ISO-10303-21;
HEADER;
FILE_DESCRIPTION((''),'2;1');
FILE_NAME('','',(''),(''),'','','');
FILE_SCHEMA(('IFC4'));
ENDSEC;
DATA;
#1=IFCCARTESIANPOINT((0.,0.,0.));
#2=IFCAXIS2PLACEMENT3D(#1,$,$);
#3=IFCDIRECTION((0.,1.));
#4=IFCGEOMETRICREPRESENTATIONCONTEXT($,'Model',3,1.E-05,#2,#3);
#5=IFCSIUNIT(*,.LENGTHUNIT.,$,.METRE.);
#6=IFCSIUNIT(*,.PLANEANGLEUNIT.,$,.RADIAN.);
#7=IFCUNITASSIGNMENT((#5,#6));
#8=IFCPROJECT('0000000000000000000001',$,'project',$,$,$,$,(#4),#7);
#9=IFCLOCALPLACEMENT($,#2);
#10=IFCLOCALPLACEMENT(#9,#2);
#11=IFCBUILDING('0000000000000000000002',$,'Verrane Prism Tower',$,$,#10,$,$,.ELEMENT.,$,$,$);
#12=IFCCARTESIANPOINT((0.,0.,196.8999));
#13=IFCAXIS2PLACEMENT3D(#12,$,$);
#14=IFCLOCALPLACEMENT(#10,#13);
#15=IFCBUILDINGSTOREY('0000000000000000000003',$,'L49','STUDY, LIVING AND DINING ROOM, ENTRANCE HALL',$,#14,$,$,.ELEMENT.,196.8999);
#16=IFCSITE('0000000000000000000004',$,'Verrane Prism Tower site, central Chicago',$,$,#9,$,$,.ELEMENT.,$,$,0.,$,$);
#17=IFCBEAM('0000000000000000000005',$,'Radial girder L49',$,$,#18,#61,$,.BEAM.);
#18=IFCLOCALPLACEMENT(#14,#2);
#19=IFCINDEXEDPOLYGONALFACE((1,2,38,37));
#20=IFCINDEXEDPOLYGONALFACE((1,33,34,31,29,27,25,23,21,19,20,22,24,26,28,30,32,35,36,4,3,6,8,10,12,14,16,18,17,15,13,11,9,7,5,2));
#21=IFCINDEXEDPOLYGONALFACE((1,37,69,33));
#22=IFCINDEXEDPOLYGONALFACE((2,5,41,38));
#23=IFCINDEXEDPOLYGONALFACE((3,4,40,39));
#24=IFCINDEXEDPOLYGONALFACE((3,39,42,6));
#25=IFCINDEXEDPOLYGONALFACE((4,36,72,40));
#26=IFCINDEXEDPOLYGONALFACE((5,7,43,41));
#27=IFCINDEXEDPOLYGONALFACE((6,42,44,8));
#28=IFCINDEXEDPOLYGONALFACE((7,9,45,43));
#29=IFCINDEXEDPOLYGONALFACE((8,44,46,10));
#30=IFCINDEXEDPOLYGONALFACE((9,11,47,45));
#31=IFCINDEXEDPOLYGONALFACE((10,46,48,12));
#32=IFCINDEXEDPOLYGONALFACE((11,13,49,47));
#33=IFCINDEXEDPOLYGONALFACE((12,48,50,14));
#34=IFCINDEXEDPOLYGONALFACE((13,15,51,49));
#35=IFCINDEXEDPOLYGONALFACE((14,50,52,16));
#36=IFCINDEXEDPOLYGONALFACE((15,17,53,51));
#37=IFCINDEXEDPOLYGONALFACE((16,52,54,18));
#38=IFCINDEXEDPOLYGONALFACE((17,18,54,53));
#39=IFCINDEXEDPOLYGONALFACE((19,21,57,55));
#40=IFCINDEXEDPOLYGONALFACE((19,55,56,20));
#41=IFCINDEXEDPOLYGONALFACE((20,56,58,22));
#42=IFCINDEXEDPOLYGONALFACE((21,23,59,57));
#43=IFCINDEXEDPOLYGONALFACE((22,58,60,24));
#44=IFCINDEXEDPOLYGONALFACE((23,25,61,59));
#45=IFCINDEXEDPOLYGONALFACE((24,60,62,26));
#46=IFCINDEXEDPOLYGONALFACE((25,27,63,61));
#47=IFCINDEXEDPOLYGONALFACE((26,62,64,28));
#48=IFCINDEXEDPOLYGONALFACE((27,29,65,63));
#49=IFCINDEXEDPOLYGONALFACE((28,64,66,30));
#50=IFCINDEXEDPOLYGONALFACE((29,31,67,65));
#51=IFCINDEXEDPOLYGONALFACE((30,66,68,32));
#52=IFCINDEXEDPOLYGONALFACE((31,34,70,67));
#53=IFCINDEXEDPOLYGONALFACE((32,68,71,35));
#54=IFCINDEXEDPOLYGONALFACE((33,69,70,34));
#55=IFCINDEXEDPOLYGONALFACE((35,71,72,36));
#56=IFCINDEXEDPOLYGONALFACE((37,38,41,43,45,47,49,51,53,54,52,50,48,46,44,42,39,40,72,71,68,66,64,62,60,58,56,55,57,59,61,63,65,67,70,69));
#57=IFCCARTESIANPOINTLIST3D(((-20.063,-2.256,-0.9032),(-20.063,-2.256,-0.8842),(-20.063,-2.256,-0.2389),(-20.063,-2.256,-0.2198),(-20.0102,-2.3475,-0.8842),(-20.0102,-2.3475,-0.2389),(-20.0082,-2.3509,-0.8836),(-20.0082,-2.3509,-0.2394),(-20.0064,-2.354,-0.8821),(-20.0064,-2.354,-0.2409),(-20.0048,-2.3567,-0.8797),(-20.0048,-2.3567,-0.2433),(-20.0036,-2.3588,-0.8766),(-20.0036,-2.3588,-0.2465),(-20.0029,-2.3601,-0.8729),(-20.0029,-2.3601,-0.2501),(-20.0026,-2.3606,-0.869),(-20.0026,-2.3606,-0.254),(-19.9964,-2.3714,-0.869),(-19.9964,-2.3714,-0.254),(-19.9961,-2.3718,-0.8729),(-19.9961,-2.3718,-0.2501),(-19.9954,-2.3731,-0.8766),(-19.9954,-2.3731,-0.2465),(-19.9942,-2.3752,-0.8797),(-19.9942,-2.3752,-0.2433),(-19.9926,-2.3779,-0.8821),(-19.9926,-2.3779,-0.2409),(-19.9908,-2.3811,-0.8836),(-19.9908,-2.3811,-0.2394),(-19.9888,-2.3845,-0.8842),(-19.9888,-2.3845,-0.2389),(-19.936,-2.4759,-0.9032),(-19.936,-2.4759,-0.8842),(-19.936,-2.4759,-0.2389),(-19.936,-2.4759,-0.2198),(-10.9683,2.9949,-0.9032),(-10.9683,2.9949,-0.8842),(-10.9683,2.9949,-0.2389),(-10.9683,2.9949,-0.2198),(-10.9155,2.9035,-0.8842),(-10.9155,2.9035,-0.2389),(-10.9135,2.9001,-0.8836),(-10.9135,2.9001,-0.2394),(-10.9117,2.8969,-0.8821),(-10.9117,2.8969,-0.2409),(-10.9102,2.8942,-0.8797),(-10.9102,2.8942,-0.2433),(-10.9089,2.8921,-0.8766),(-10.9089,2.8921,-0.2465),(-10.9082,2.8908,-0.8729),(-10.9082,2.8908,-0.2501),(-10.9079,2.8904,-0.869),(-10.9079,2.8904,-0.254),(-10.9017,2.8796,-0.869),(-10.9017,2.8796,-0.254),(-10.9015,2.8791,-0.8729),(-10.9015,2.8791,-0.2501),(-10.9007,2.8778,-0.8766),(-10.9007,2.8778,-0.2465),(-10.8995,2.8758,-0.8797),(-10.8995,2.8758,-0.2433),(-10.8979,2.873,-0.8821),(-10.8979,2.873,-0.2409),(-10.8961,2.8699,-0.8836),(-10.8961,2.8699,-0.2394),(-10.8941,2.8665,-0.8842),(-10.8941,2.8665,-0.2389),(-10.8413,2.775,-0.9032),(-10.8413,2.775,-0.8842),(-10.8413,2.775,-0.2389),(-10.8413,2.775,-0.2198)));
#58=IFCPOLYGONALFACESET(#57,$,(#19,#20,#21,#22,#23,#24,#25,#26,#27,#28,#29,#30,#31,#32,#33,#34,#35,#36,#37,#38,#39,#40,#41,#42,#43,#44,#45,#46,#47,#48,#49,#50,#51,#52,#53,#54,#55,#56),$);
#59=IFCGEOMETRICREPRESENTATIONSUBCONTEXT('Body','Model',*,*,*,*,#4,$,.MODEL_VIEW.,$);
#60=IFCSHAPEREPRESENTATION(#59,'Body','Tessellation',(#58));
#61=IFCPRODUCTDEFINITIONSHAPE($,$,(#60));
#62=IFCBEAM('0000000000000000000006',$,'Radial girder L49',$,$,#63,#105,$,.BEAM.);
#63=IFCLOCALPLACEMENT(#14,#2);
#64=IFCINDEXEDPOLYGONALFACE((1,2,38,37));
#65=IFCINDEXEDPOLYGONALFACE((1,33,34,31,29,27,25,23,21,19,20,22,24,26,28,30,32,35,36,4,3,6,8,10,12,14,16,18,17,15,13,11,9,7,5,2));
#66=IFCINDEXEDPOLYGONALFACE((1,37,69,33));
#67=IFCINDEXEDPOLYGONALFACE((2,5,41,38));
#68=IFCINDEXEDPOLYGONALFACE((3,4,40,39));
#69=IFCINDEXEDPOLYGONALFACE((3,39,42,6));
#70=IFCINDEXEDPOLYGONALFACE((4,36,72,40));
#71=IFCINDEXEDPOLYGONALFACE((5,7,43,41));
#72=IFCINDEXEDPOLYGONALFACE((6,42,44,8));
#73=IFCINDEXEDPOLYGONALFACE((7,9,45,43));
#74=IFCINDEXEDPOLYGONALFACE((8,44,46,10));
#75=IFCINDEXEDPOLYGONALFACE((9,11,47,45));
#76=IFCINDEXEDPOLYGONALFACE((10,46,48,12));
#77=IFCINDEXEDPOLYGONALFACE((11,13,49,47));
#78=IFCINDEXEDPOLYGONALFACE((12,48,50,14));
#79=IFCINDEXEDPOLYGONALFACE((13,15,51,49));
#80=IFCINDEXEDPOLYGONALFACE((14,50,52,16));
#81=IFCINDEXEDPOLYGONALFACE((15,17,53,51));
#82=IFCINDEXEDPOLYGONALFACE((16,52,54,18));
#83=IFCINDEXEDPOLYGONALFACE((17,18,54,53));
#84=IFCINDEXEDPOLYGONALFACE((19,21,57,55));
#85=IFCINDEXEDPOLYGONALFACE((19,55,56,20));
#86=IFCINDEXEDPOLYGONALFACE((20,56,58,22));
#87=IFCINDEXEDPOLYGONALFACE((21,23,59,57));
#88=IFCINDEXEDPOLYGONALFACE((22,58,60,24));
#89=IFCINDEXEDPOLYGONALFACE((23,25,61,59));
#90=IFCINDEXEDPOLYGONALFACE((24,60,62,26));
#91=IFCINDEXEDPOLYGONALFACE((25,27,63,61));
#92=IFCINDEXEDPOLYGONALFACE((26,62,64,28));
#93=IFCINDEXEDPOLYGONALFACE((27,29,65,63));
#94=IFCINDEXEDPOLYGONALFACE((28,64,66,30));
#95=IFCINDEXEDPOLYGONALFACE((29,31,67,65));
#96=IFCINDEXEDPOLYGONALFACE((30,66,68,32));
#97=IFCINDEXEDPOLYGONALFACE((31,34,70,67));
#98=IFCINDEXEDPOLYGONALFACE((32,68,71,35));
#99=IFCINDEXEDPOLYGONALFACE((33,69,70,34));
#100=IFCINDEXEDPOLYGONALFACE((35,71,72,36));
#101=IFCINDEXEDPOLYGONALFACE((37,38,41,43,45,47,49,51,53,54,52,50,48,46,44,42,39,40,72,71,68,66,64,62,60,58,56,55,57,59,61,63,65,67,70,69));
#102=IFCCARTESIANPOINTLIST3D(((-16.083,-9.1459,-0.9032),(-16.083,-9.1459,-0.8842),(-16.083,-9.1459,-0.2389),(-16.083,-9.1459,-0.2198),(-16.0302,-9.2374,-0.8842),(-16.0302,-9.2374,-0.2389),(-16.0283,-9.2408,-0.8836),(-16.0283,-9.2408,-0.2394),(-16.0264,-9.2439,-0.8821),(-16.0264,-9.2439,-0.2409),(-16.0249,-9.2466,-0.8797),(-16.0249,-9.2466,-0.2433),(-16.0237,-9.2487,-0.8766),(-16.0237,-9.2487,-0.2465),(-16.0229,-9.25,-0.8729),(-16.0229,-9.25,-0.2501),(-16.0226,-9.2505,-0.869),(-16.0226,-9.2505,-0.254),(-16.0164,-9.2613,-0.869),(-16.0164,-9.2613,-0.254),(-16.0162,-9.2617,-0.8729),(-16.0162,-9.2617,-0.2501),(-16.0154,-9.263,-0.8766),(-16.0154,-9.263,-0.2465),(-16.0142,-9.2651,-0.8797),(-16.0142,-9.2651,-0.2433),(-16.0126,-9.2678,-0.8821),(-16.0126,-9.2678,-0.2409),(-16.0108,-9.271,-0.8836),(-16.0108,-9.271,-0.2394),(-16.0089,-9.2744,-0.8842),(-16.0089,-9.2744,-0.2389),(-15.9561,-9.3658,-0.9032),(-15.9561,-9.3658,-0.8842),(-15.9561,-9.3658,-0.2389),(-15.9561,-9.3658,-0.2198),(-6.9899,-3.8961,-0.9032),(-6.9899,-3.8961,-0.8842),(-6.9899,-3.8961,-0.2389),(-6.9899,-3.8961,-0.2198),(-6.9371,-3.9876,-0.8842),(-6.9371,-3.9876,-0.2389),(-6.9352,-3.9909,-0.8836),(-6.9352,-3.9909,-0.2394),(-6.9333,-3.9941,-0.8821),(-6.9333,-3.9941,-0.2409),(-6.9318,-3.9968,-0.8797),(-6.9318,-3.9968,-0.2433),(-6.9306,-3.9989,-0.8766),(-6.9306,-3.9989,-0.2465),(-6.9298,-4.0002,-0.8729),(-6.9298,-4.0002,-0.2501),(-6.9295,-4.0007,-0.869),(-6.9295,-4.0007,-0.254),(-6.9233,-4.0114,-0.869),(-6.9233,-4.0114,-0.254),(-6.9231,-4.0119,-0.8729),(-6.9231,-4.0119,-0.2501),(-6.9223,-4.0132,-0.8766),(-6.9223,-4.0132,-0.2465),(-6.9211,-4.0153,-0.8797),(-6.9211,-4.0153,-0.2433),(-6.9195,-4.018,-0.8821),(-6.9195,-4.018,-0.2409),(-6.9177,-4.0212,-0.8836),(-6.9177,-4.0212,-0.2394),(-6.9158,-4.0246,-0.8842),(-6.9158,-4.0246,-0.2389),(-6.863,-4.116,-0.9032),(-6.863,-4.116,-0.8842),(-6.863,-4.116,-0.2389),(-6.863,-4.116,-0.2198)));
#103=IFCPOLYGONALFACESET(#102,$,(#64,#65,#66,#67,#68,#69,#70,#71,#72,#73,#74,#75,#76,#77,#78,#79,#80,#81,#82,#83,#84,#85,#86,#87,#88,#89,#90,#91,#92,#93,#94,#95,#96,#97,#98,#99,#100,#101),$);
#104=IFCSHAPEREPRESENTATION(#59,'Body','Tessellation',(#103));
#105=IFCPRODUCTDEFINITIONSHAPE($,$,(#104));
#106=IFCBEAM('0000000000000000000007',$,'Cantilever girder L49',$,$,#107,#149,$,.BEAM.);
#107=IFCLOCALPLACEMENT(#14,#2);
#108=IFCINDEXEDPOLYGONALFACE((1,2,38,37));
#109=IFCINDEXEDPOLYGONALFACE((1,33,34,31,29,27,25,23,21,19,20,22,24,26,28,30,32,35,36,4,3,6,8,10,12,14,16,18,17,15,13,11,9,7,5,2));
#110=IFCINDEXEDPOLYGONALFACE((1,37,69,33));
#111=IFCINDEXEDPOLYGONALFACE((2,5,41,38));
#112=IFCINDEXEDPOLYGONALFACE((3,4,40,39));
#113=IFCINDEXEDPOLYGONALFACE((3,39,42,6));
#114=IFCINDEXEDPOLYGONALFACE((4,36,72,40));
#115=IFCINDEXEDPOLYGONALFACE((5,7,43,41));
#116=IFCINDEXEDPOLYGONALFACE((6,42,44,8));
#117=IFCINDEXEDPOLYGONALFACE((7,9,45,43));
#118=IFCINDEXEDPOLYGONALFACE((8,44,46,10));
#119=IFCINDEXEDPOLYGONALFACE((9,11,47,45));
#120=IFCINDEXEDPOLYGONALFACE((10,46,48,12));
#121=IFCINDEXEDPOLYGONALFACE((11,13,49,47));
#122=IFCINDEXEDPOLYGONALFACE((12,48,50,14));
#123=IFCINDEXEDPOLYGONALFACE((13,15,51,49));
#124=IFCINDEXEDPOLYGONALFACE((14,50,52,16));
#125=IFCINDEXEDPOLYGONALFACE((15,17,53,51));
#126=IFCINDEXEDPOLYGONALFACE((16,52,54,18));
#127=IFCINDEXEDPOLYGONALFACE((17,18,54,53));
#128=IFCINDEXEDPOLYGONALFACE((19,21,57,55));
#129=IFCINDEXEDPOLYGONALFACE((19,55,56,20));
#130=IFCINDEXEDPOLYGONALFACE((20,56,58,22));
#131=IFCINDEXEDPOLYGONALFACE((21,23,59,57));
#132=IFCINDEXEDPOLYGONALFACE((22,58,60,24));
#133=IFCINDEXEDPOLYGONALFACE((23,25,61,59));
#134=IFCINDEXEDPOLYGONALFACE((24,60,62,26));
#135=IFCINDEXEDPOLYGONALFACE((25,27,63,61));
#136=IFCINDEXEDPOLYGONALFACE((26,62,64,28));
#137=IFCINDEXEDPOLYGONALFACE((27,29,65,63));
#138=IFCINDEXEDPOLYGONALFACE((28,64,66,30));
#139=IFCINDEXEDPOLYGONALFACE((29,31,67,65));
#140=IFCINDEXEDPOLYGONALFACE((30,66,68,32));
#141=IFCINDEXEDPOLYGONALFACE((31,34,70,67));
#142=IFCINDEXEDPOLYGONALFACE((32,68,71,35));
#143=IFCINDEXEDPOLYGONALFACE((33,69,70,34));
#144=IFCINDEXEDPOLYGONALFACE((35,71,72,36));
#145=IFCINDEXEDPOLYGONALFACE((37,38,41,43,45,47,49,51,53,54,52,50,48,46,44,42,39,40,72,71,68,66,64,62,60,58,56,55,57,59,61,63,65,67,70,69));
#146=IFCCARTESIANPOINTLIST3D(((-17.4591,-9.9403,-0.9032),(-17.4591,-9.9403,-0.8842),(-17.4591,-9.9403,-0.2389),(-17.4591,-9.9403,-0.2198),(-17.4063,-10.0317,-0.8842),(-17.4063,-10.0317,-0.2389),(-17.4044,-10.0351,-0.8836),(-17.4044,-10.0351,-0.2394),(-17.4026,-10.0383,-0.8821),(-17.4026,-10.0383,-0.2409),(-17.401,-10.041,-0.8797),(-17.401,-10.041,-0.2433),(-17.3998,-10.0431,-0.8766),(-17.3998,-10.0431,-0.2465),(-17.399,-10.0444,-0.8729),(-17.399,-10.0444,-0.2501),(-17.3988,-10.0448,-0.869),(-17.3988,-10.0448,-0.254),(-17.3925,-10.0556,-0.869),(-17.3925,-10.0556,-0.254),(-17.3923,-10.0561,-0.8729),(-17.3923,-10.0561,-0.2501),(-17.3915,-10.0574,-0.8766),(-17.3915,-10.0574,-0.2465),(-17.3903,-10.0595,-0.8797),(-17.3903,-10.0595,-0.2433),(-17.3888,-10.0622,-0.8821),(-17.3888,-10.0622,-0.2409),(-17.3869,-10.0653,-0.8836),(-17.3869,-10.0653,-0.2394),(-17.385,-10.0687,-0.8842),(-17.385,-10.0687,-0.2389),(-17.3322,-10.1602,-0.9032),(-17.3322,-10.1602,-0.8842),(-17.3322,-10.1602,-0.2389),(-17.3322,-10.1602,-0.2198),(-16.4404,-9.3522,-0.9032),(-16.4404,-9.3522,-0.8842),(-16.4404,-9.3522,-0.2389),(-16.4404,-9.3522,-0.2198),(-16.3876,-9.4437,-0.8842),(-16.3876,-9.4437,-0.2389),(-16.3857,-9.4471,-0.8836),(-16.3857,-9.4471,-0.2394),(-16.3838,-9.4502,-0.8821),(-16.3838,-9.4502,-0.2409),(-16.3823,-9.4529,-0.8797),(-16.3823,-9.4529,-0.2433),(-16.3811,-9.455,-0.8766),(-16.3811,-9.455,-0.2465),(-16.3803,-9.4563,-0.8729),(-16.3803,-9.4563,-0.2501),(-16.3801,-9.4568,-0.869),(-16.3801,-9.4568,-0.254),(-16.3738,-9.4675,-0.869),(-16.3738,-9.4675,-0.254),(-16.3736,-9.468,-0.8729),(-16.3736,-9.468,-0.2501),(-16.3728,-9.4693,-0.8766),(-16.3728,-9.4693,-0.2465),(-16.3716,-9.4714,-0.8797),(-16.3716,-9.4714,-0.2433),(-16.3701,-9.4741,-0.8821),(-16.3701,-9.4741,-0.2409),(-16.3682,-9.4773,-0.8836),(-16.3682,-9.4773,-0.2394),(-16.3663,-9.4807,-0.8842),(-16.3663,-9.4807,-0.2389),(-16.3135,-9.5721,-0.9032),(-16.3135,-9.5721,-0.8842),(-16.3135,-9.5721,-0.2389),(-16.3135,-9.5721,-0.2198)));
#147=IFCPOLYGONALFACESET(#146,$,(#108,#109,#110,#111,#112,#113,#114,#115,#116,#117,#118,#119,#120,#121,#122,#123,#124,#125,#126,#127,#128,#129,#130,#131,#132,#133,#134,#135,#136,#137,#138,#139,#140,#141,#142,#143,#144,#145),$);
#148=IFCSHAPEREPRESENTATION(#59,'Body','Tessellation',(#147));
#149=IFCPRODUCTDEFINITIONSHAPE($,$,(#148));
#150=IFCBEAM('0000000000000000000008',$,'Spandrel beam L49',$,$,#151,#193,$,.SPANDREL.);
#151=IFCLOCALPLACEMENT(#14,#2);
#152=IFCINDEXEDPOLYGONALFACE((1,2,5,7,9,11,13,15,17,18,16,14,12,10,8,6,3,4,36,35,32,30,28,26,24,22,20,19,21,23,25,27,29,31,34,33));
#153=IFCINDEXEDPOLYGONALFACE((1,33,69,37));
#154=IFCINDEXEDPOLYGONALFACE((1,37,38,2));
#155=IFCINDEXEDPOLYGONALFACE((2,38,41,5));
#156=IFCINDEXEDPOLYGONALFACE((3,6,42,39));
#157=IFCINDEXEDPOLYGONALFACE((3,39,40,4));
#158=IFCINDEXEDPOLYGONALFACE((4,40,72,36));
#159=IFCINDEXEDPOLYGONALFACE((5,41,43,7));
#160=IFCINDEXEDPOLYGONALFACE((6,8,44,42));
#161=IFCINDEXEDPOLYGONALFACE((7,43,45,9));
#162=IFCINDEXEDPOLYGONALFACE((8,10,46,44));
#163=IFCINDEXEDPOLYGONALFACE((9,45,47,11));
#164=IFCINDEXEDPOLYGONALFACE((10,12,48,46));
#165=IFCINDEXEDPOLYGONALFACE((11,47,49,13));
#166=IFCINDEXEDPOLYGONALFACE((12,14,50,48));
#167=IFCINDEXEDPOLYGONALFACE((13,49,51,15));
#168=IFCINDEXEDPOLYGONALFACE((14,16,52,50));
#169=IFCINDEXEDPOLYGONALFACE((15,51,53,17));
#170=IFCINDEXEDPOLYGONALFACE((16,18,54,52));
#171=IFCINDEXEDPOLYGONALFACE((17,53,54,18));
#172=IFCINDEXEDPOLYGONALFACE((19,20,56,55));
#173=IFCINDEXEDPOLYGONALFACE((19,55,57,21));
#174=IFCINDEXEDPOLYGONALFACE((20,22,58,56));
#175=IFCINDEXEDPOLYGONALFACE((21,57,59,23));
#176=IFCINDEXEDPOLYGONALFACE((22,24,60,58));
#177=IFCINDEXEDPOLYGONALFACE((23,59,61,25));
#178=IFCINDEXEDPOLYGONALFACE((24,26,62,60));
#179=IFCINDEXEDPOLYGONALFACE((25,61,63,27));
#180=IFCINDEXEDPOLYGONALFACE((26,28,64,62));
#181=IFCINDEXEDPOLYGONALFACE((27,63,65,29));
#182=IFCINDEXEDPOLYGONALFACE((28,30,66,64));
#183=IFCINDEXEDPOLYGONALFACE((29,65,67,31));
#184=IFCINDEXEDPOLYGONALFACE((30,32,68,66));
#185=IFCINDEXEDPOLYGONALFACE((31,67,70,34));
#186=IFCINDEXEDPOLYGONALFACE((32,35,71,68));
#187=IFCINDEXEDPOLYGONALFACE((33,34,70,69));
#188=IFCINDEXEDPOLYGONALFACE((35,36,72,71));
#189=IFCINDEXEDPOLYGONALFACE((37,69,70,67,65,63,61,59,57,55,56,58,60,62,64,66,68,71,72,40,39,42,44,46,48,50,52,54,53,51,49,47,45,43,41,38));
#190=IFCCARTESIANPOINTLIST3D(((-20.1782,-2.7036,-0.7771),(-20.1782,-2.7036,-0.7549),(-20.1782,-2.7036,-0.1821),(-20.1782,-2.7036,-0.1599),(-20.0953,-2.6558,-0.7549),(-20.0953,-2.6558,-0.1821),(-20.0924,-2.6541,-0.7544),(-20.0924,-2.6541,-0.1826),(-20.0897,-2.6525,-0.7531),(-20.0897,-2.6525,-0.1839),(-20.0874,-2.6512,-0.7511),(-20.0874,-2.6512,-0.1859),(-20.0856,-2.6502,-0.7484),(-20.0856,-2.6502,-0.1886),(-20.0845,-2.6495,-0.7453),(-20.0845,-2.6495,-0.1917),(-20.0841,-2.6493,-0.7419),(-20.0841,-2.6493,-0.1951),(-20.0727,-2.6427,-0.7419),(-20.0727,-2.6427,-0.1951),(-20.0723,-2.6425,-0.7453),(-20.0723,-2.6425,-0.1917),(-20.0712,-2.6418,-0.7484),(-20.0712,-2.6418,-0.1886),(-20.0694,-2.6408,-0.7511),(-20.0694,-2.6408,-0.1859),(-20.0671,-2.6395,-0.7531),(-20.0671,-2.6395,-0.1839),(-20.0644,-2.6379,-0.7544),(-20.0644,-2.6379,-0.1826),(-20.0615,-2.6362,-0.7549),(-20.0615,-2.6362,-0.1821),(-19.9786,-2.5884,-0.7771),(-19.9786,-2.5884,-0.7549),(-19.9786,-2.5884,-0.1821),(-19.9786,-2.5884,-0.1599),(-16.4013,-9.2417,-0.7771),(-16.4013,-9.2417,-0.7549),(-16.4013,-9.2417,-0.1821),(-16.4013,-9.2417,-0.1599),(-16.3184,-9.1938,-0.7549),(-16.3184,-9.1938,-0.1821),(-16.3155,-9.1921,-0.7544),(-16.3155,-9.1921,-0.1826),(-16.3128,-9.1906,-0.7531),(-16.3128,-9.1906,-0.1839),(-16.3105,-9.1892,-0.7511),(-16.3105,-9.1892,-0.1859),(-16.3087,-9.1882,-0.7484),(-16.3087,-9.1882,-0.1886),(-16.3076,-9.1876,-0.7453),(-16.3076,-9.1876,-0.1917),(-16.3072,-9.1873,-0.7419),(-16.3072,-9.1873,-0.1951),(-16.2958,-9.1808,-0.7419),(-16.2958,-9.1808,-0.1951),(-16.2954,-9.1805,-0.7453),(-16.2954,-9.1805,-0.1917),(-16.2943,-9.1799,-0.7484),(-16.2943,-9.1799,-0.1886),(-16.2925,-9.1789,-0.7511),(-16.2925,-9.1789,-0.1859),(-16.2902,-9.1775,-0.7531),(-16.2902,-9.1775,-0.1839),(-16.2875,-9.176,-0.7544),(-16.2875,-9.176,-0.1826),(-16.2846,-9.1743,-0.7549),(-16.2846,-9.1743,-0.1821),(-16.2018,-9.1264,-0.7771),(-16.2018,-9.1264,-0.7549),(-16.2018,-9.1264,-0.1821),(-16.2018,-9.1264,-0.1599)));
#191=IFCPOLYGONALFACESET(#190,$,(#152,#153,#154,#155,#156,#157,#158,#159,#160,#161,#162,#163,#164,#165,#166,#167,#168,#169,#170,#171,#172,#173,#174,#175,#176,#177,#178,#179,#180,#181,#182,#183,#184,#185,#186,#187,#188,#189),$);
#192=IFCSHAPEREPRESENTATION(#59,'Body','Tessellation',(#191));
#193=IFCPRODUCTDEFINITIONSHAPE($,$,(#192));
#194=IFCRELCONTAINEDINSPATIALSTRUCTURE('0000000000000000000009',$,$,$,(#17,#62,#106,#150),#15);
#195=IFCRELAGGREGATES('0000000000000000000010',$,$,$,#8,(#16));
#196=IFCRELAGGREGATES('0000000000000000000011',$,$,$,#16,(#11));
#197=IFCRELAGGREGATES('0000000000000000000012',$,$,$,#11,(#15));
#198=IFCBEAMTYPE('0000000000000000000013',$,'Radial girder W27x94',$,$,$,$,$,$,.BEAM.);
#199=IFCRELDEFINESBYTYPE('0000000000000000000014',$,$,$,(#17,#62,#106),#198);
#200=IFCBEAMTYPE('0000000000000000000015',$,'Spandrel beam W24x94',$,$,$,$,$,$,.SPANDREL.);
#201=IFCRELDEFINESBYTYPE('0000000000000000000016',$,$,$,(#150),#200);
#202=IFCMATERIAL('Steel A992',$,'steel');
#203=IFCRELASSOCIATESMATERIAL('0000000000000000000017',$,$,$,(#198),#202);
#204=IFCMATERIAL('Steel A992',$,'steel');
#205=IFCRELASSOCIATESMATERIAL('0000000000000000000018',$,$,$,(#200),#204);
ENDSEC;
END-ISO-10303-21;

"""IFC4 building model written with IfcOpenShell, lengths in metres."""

from ifc_helpers import new_model, si_unit, direction, frame, origin, origin_2d, place, context, subcontext, project, spatial, i_section, extrude, material, material_profile, profile_set, type_object, element, save


model = new_model("IFC4")

# Units and contexts
model_context = context("Model", 3, precision=1e-05, world=origin(), true_north=direction((0.0, 1.0)))
body_context = subcontext(model_context, "Body", "Model", "MODEL_VIEW")
ifc_project = project(units=[si_unit("LENGTHUNIT", "METRE"), si_unit("PLANEANGLEUNIT", "RADIAN")], contexts=[model_context])

# Site, building, storey
site_placement = place(None, origin())
site = spatial("IfcSite", under=ifc_project, at=site_placement, Name="Verrane Prism Tower site, central Chicago", CompositionType="ELEMENT", RefElevation=0.0)
building_placement = place(site_placement, origin())
building = spatial("IfcBuilding", under=site, at=building_placement, Name="Verrane Prism Tower", CompositionType="ELEMENT")
storey_placement = place(building_placement, frame((0.0, 0.0, 196.8999)))
storey = spatial("IfcBuildingStorey", under=building, at=storey_placement, Name="L49", Description="STUDY, LIVING AND DINING ROOM, ENTRANCE HALL", CompositionType="ELEMENT", Elevation=196.8999)

# Beams
ifc_material_1 = material(Name="Steel A992", Category="steel")
ifc_material_profile_1 = material_profile(ifc_material_1, i_section(OverallWidth=0.2539, OverallDepth=0.6833, WebThickness=0.0125, FlangeThickness=0.019, FilletRadius=0.0151, at=origin_2d()), Name="W27x94")
ifc_profile_set_1 = profile_set([ifc_material_profile_1], Name="Steel A992")
beam_type_1 = type_object("IfcBeamType", Name="Radial girder W27x94", PredefinedType="BEAM", material=ifc_profile_set_1)
beam_1_placement = place(storey_placement, frame((-19.9995, -2.366, -0.5615), z_axis=(0.86602, 0.50001, 0.0), x_axis=(-0.50001, 0.86602, 0.0)))
element("IfcBeam", 1, at=beam_1_placement, inside=storey, type_object=beam_type_1, Name="Radial girder L49", PredefinedType="BEAM", context=body_context, shape_type="SweptSolid", body=[
    extrude(i_section(OverallWidth=0.2539, OverallDepth=0.6833, WebThickness=0.0125, FlangeThickness=0.019, FilletRadius=0.0151, at=origin_2d()), origin(), (0.0, 0.0, 1.0), 10.5017),
])
beam_2_placement = place(storey_placement, frame((-16.0195, -9.2559, -0.5615), z_axis=(0.86603, 0.499993, 0.0), x_axis=(-0.499993, 0.86603, 0.0)))
element("IfcBeam", 2, at=beam_2_placement, inside=storey, type_object=beam_type_1, Name="Radial girder L49", PredefinedType="BEAM", context=body_context, shape_type="SweptSolid", body=[
    extrude(i_section(OverallWidth=0.2539, OverallDepth=0.6833, WebThickness=0.0125, FlangeThickness=0.019, FilletRadius=0.0151, at=origin_2d()), origin(), (0.0, 0.0, 1.0), 10.4998),
])
beam_3_placement = place(storey_placement, frame((-16.377, -9.4622, -0.5615), z_axis=(-0.866051, -0.499956, 0.0), x_axis=(0.499956, -0.866051, 0.0)))
element("IfcBeam", 3, at=beam_3_placement, inside=storey, type_object=beam_type_1, Name="Cantilever girder L49", PredefinedType="BEAM", context=body_context, shape_type="SweptSolid", body=[
    extrude(i_section(OverallWidth=0.2539, OverallDepth=0.6833, WebThickness=0.0125, FlangeThickness=0.019, FilletRadius=0.0151, at=origin_2d()), origin(), (0.0, 0.0, 1.0), 1.1763),
])
ifc_material_2 = material(Name="Steel A992", Category="steel")
ifc_material_profile_2 = material_profile(ifc_material_2, i_section(OverallWidth=0.2305, OverallDepth=0.6172, WebThickness=0.0132, FlangeThickness=0.0222, FilletRadius=0.0129, at=origin_2d()), Name="W24x94")
ifc_profile_set_2 = profile_set([ifc_material_profile_2], Name="Steel A992")
beam_type_2 = type_object("IfcBeamType", Name="Spandrel beam W24x94", PredefinedType="SPANDREL", material=ifc_profile_set_2)
beam_4_placement = place(storey_placement, frame((-20.0784, -2.646, -0.4685), z_axis=(0.500208, -0.865906, 0.0), x_axis=(0.865906, 0.500208, 0.0)))
element("IfcBeam", 4, at=beam_4_placement, inside=storey, type_object=beam_type_2, Name="Spandrel beam L49", PredefinedType="SPANDREL", context=body_context, shape_type="SweptSolid", body=[
    extrude(i_section(OverallWidth=0.2305, OverallDepth=0.6172, WebThickness=0.0132, FlangeThickness=0.0222, FilletRadius=0.0129, at=origin_2d()), origin(), (0.0, 0.0, 1.0), 7.5505),
])

save(model, "model.ifc")
